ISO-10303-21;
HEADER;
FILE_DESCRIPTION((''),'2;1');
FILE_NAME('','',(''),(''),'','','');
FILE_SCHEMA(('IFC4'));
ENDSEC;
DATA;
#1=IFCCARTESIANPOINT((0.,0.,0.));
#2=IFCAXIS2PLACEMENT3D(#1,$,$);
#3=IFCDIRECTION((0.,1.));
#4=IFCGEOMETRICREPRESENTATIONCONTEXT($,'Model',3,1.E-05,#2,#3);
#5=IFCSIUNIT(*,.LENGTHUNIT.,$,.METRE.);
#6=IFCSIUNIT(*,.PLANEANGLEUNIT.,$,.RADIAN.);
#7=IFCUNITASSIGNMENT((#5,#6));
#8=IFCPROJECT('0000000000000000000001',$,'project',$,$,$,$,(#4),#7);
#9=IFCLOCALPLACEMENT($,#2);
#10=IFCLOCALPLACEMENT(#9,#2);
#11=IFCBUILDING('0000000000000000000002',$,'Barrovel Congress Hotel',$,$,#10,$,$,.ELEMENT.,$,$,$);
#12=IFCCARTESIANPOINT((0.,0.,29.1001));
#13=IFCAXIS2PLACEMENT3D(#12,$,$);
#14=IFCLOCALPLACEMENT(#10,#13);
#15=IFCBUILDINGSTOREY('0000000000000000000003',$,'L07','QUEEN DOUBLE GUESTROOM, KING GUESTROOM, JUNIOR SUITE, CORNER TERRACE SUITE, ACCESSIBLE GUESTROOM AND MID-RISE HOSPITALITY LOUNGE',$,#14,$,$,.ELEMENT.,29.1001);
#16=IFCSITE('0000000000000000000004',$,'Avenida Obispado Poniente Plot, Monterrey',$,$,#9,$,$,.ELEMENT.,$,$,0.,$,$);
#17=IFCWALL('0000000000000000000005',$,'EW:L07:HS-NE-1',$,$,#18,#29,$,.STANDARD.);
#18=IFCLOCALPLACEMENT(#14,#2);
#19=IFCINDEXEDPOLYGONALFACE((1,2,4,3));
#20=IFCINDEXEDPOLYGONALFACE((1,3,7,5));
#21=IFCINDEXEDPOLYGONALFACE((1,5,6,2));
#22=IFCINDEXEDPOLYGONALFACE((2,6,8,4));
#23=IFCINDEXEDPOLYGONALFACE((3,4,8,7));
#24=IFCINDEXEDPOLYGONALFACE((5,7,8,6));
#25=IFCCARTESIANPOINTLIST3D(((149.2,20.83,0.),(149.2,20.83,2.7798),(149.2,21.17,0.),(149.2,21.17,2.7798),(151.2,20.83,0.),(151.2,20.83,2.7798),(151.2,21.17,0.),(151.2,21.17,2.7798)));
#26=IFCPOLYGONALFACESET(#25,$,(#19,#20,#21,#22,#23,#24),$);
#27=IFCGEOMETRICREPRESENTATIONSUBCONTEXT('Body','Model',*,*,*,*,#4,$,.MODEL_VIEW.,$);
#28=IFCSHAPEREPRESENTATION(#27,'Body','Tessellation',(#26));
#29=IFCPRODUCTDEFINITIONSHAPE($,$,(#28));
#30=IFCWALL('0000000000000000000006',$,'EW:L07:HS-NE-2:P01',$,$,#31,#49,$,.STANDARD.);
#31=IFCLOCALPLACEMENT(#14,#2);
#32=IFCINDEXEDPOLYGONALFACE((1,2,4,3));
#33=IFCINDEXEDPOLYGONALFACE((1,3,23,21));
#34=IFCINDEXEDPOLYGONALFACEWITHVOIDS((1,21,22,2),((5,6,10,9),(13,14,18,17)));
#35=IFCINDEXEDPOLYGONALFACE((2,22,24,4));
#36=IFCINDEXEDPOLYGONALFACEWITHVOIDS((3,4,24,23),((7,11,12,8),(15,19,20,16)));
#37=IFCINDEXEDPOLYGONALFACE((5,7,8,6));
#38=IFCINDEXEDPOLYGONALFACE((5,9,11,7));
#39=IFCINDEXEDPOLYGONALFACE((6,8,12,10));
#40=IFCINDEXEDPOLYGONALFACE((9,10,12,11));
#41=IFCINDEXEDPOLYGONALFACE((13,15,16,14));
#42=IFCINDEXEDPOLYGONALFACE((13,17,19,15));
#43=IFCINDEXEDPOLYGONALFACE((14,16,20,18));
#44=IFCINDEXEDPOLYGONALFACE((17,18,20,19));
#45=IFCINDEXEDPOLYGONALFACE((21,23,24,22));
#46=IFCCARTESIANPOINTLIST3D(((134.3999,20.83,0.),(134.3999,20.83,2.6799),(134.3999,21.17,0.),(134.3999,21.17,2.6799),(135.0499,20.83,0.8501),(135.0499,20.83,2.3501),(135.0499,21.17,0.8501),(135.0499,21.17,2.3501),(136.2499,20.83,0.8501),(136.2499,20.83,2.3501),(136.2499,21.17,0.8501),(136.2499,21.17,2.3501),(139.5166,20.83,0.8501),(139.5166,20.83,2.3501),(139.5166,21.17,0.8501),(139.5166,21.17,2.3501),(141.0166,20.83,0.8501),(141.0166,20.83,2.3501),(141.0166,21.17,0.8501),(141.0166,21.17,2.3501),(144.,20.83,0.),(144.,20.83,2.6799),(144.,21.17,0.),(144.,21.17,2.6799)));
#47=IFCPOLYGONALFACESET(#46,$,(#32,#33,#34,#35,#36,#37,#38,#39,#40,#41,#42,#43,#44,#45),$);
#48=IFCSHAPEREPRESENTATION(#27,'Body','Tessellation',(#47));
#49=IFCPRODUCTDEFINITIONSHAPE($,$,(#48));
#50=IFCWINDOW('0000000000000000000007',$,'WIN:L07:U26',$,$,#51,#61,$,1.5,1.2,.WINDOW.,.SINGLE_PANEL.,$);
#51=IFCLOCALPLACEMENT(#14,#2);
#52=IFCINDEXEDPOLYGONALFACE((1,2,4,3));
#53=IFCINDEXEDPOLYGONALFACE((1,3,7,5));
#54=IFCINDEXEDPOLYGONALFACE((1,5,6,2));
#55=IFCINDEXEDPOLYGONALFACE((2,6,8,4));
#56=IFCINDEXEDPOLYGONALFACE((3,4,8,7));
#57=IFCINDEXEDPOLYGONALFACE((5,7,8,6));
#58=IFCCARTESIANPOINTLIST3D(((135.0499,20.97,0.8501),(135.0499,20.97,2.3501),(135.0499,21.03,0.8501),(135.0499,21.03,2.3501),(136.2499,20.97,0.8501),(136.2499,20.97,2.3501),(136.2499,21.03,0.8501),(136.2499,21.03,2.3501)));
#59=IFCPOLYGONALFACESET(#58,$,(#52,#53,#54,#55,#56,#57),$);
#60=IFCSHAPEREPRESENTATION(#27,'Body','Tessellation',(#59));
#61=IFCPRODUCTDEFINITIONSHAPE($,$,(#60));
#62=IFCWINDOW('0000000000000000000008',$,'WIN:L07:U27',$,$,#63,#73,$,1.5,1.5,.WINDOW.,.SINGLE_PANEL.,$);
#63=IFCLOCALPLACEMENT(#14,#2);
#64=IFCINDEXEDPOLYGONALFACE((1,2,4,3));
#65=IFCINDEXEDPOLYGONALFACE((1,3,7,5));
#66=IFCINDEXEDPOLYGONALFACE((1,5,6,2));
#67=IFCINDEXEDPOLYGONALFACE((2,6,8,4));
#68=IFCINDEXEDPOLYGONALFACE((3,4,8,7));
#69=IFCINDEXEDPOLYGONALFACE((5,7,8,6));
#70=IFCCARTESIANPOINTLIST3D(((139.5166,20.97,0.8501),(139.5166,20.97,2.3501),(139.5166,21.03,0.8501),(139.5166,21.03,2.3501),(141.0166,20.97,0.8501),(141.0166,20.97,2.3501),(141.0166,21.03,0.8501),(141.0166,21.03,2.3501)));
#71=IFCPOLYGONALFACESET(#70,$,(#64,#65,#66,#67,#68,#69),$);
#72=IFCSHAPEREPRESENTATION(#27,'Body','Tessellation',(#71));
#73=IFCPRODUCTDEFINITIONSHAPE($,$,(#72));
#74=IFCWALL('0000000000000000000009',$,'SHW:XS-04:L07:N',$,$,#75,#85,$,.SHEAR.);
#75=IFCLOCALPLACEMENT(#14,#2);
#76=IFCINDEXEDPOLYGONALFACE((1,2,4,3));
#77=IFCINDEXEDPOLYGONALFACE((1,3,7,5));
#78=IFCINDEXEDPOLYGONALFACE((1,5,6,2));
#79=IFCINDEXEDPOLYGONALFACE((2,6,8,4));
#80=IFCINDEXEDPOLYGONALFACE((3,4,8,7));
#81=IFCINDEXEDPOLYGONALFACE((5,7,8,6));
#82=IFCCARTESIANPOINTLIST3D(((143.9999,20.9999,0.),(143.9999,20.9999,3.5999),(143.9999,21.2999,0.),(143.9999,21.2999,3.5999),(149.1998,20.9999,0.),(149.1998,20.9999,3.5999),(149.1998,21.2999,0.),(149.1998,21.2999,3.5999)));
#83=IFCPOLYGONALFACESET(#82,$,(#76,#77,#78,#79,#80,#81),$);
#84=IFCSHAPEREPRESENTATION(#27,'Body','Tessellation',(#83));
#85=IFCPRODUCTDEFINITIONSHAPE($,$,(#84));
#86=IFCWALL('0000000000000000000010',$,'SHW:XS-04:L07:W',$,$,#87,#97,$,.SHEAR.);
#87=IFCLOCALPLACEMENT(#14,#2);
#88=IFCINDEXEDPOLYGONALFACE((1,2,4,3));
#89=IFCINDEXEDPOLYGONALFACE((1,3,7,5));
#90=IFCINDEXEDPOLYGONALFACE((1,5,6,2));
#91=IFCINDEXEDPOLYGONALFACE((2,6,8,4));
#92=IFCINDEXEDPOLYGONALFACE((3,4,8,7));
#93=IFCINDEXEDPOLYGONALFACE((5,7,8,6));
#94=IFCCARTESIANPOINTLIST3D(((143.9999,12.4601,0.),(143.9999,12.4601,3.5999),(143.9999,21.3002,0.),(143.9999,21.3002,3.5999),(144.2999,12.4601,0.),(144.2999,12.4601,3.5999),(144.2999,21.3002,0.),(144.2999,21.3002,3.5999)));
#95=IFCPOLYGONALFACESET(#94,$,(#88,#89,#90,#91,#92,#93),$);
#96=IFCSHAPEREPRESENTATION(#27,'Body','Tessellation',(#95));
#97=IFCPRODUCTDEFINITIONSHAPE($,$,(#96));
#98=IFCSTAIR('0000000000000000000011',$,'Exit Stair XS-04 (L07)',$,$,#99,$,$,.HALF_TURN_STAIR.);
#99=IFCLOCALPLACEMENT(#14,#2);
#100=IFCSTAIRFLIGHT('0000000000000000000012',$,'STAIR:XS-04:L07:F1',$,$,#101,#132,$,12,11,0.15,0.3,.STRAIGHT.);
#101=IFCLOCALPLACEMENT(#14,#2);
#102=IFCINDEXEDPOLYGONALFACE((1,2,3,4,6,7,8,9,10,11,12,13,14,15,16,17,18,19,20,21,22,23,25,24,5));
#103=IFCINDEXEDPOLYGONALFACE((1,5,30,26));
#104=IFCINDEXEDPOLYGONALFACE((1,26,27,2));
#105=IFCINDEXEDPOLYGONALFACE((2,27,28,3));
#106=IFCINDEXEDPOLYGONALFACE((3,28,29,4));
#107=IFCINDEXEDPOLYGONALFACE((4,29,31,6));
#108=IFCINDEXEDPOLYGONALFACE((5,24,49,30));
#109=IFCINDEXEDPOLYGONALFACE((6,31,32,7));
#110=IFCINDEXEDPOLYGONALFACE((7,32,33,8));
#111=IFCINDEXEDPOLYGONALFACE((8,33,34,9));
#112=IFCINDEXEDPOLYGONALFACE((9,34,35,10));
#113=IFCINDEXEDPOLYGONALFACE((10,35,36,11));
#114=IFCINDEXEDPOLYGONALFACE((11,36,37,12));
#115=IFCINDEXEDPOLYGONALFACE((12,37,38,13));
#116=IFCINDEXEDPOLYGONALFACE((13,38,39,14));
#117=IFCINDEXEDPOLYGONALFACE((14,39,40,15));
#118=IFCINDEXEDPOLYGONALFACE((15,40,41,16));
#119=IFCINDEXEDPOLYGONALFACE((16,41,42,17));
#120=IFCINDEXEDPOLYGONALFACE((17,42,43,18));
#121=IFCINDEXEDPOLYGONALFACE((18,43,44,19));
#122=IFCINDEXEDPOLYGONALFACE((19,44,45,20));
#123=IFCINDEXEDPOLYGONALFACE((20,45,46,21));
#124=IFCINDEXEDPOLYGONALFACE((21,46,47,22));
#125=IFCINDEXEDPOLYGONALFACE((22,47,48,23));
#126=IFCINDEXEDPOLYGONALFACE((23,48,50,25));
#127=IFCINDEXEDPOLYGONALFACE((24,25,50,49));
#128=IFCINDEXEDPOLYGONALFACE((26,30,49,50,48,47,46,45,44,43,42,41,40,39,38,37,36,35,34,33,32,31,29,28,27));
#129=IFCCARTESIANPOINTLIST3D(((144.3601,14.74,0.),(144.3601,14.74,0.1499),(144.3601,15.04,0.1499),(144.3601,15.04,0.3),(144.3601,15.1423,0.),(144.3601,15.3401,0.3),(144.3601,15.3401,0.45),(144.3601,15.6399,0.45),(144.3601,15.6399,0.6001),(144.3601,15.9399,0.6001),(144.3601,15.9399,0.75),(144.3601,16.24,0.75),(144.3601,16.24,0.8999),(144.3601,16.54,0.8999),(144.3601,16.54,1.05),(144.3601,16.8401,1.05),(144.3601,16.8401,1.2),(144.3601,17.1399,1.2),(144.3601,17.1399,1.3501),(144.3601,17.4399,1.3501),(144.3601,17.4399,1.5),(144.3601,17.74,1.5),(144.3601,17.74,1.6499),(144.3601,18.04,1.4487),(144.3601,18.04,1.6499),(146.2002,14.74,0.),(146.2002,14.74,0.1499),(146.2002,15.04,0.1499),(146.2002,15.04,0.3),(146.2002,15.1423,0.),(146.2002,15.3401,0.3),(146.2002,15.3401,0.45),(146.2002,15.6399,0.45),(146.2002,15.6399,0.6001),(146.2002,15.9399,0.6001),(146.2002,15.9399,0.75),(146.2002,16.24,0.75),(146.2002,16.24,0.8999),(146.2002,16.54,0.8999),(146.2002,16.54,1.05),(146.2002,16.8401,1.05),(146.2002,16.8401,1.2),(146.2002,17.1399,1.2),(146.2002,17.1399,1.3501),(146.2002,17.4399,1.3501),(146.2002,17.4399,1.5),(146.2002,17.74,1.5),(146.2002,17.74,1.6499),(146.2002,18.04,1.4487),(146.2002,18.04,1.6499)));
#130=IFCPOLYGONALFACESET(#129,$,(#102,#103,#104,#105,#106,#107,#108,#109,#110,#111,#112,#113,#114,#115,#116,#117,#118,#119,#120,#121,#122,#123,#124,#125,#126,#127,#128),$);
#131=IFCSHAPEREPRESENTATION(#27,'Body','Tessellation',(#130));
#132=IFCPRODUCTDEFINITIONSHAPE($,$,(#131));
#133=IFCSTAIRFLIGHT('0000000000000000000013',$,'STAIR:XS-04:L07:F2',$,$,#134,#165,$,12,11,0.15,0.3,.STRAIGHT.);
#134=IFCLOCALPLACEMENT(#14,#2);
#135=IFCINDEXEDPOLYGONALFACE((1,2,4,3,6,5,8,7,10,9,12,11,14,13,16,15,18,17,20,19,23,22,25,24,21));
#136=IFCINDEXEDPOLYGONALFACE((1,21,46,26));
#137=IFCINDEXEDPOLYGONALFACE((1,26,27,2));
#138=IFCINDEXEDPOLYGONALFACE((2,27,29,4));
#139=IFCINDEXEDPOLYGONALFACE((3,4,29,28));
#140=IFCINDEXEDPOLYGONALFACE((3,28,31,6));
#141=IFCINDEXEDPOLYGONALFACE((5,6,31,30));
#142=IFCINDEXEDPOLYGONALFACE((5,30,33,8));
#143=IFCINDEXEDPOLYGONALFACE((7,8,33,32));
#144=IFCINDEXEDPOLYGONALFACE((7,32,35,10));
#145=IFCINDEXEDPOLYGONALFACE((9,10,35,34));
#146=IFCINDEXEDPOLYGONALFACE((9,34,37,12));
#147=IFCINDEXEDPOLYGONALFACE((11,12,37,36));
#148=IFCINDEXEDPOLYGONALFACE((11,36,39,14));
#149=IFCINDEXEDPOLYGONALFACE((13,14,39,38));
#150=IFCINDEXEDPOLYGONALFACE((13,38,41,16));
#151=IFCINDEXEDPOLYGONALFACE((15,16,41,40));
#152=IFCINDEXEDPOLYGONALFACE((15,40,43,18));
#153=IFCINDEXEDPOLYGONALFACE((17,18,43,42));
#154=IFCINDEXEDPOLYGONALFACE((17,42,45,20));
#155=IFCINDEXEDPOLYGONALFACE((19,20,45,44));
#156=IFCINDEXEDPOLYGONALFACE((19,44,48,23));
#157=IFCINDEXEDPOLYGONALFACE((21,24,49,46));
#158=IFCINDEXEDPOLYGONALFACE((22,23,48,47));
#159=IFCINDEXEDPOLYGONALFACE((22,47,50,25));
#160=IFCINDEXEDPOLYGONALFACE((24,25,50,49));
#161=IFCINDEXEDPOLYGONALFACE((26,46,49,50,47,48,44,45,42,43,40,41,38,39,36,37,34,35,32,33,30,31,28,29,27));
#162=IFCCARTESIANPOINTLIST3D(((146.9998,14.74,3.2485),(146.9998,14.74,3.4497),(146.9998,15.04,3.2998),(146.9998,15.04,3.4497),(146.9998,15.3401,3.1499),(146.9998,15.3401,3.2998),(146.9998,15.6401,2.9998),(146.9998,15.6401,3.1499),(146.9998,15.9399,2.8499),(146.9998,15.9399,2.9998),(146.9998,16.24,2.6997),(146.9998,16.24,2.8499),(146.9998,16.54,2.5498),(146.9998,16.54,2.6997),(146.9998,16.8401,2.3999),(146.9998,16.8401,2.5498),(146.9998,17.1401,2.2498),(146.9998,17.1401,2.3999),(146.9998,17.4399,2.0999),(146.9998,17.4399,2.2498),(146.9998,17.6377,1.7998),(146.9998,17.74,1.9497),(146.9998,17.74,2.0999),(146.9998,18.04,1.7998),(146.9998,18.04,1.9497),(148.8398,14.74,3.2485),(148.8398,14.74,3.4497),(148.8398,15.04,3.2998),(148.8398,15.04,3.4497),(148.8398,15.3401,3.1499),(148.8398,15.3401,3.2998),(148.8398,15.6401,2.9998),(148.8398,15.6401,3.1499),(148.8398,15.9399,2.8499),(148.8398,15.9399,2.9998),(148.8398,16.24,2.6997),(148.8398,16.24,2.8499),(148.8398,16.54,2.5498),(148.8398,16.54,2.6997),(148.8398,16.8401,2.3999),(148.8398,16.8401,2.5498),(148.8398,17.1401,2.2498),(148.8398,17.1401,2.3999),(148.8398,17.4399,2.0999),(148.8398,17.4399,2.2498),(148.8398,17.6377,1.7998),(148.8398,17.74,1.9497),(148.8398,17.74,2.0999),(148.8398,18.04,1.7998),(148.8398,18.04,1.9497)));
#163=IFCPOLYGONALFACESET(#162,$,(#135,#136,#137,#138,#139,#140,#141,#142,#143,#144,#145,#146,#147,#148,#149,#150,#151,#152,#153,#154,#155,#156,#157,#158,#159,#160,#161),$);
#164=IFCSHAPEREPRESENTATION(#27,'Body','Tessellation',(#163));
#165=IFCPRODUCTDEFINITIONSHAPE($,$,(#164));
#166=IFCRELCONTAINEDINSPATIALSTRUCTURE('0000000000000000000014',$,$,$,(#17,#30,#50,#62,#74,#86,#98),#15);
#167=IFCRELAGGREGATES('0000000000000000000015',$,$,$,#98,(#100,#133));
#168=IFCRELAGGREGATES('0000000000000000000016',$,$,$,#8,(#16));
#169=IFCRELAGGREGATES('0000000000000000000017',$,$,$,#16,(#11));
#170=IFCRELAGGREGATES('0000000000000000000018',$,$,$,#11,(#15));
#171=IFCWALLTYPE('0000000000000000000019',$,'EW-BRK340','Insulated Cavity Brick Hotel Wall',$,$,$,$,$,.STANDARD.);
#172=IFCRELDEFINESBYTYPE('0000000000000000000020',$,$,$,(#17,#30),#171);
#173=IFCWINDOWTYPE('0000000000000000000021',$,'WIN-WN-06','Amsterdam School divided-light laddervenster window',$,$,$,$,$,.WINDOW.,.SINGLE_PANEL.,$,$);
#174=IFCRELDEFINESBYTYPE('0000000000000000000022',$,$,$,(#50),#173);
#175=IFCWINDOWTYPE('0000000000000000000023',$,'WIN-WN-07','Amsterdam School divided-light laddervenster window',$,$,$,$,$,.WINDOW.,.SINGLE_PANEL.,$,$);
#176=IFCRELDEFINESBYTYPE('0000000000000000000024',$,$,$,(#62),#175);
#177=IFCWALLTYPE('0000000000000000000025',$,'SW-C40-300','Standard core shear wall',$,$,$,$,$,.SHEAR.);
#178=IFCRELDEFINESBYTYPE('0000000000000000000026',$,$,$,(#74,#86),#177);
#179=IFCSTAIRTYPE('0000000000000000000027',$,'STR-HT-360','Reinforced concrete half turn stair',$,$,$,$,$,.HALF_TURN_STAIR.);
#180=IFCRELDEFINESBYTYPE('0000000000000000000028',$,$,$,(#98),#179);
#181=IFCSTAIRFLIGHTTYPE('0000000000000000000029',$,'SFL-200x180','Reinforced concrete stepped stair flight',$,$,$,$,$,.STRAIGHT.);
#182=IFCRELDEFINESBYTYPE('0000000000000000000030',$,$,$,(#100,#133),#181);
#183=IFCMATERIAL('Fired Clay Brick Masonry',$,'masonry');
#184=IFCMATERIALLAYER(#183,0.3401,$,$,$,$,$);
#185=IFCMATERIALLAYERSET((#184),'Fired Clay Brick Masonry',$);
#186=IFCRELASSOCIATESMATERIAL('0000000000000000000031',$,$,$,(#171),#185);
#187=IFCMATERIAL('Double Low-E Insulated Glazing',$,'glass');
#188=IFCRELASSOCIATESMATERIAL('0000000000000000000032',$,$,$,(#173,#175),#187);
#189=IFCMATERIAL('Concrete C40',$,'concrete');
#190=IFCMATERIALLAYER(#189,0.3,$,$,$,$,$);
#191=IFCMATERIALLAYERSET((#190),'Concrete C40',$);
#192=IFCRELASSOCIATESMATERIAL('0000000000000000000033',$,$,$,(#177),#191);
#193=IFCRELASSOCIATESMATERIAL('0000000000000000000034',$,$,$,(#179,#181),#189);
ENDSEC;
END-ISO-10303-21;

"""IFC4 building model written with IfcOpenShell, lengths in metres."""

from ifc_helpers import new_model, si_unit, direction, frame, frame_2d, origin, place, context, subcontext, project, spatial, polyline, rectangle, outline, extrude, material, layer, layer_set, type_object, element, fill, aggregate, save


model = new_model("IFC4")

# Units and contexts
model_context = context("Model", 3, precision=1e-05, world=origin(), true_north=direction((0.0, 1.0)))
body_context = subcontext(model_context, "Body", "Model", "MODEL_VIEW")
ifc_project = project(units=[si_unit("LENGTHUNIT", "METRE"), si_unit("PLANEANGLEUNIT", "RADIAN")], contexts=[model_context])

# Site, building, storey
site_placement = place(None, origin())
site = spatial("IfcSite", under=ifc_project, at=site_placement, Name="Avenida Obispado Poniente Plot, Monterrey", CompositionType="ELEMENT", RefElevation=0.0)
building_placement = place(site_placement, origin())
building = spatial("IfcBuilding", under=site, at=building_placement, Name="Barrovel Congress Hotel", CompositionType="ELEMENT")
storey_placement = place(building_placement, frame((0.0, 0.0, 29.1001)))
storey = spatial("IfcBuildingStorey", under=building, at=storey_placement, Name="L07", Description="QUEEN DOUBLE GUESTROOM, KING GUESTROOM, JUNIOR SUITE, CORNER TERRACE SUITE, ACCESSIBLE GUESTROOM AND MID-RISE HOSPITALITY LOUNGE", CompositionType="ELEMENT", Elevation=29.1001)

# Shared definitions
ifc_material_1 = material(Name="Concrete C40", Category="concrete")

# Shared definitions
ifc_material_2 = material(Name="Double Low-E Insulated Glazing", Category="glass")

# Wall
ifc_material_3 = material(Name="Fired Clay Brick Masonry", Category="masonry")
ifc_layer_1 = layer(ifc_material_3, 0.3401)
ifc_layer_set_1 = layer_set([ifc_layer_1], Name="Fired Clay Brick Masonry")
wall_type_1 = type_object("IfcWallType", Name="EW-BRK340", Description="Insulated Cavity Brick Hotel Wall", PredefinedType="STANDARD", material=ifc_layer_set_1)
wall_1_placement = place(storey_placement, frame((151.2, 21.0, 0.0), z_axis=(0.0, 0.0, 1.0), x_axis=(-1.0, 0.0, 0.0)))
element("IfcWall", 1, at=wall_1_placement, inside=storey, type_object=wall_type_1, Name="EW:L07:HS-NE-1", PredefinedType="STANDARD", context=body_context, shape_type="SweptSolid", body=[
    extrude(rectangle(XDim=2.0, YDim=0.3401, at=frame_2d((1.0, 0.0))), origin(), (0.0, 0.0, 1.0), 2.7798),
])

# Wall, openings, windows
wall_2_placement = place(storey_placement, frame((144.0, 21.0, 0.0), z_axis=(0.0, 0.0, 1.0), x_axis=(-1.0, 0.0, 0.0)))
wall_2 = element("IfcWall", 2, at=wall_2_placement, inside=storey, type_object=wall_type_1, Name="EW:L07:HS-NE-2:P01", PredefinedType="STANDARD", context=body_context, shape_type="SweptSolid", body=[
    extrude(rectangle(XDim=9.6001, YDim=0.3401, at=frame_2d((4.8, 0.0))), origin(), (0.0, 0.0, 1.0), 2.6799),
])
opening_1_placement = place(wall_2_placement, frame((7.75, 0.0, 0.8501)))
opening_1 = element("IfcOpeningElement", 3, at=opening_1_placement, cuts=wall_2, PredefinedType="OPENING", context=body_context, shape_type="SweptSolid", body=[
    extrude(rectangle(XDim=1.2, YDim=1.5, at=frame_2d((0.6001, 0.75))), frame((0.0, 0.1802, 0.0), z_axis=(0.0, -1.0, 0.0), x_axis=(1.0, 0.0, 0.0)), (0.0, 0.0, 1.0), 0.3601),
])
opening_2_placement = place(wall_2_placement, frame((2.9834, 0.0, 0.8501)))
opening_2 = element("IfcOpeningElement", 4, at=opening_2_placement, cuts=wall_2, PredefinedType="OPENING", context=body_context, shape_type="SweptSolid", body=[
    extrude(rectangle(XDim=1.5, YDim=1.5, at=frame_2d((0.75, 0.75))), frame((0.0, 0.1802, 0.0), z_axis=(0.0, -1.0, 0.0), x_axis=(1.0, 0.0, 0.0)), (0.0, 0.0, 1.0), 0.3601),
])
window_type_1 = type_object("IfcWindowType", Name="WIN-WN-06", Description="Amsterdam School divided-light laddervenster window", PartitioningType="SINGLE_PANEL", PredefinedType="WINDOW", material=ifc_material_2)
window_1_placement = place(opening_1_placement, origin())
window_1 = element("IfcWindow", 5, at=window_1_placement, inside=storey, type_object=window_type_1, Name="WIN:L07:U26", OverallHeight=1.5, OverallWidth=1.2, PartitioningType="SINGLE_PANEL", PredefinedType="WINDOW", context=body_context, shape_type="SweptSolid", body=[
    extrude(rectangle(XDim=1.2, YDim=1.5, at=frame_2d((0.6001, 0.75))), frame((0.0, 0.03, 0.0), z_axis=(0.0, -1.0, 0.0), x_axis=(1.0, 0.0, 0.0)), (0.0, 0.0, 1.0), 0.0601),
])
fill(opening_1, window_1)
window_type_2 = type_object("IfcWindowType", Name="WIN-WN-07", Description="Amsterdam School divided-light laddervenster window", PartitioningType="SINGLE_PANEL", PredefinedType="WINDOW", material=ifc_material_2)
window_2_placement = place(opening_2_placement, origin())
window_2 = element("IfcWindow", 6, at=window_2_placement, inside=storey, type_object=window_type_2, Name="WIN:L07:U27", OverallHeight=1.5, OverallWidth=1.5, PartitioningType="SINGLE_PANEL", PredefinedType="WINDOW", context=body_context, shape_type="SweptSolid", body=[
    extrude(rectangle(XDim=1.5, YDim=1.5, at=frame_2d((0.75, 0.75))), frame((0.0, 0.03, 0.0), z_axis=(0.0, -1.0, 0.0), x_axis=(1.0, 0.0, 0.0)), (0.0, 0.0, 1.0), 0.0601),
])
fill(opening_2, window_2)

# Walls
ifc_layer_2 = layer(ifc_material_1, 0.3)
ifc_layer_set_2 = layer_set([ifc_layer_2], Name="Concrete C40")
wall_type_2 = type_object("IfcWallType", Name="SW-C40-300", Description="Standard core shear wall", PredefinedType="SHEAR", material=ifc_layer_set_2)
wall_3_placement = place(storey_placement, frame((149.2, 21.1499, 0.0), z_axis=(0.0, 0.0, 1.0), x_axis=(-1.0, 0.0, 0.0)))
element("IfcWall", 7, at=wall_3_placement, inside=storey, type_object=wall_type_2, Name="SHW:XS-04:L07:N", PredefinedType="SHEAR", context=body_context, shape_type="SweptSolid", body=[
    extrude(rectangle(XDim=5.2, YDim=0.3, at=frame_2d((2.6001, 0.0))), origin(), (0.0, 0.0, 1.0), 3.5999),
])
wall_4_placement = place(storey_placement, frame((144.1499, 21.3, 0.0), z_axis=(0.0, 0.0, 1.0), x_axis=(0.0, -1.0, 0.0)))
element("IfcWall", 8, at=wall_4_placement, inside=storey, type_object=wall_type_2, Name="SHW:XS-04:L07:W", PredefinedType="SHEAR", context=body_context, shape_type="SweptSolid", body=[
    extrude(rectangle(XDim=8.8401, YDim=0.3, at=frame_2d((4.4199, 0.0))), origin(), (0.0, 0.0, 1.0), 3.5999),
])

# Stair, stair flights
stair_type = type_object("IfcStairType", Name="STR-HT-360", Description="Reinforced concrete half turn stair", PredefinedType="HALF_TURN_STAIR", material=ifc_material_1)
stair_placement = place(storey_placement, origin())
stair = element("IfcStair", 9, at=stair_placement, inside=storey, type_object=stair_type, Name="Exit Stair XS-04 (L07)", PredefinedType="HALF_TURN_STAIR")
stair_flight_type = type_object("IfcStairFlightType", Name="SFL-200x180", Description="Reinforced concrete stepped stair flight", PredefinedType="STRAIGHT", material=ifc_material_1)
stair_flight_1_placement = place(storey_placement, frame((145.28, 14.74, 0.0), z_axis=(0.0, 0.0, 1.0), x_axis=(0.0, 1.0, 0.0)))
stair_flight_1 = element("IfcStairFlight", 10, at=stair_flight_1_placement, type_object=stair_flight_type, Name="STAIR:XS-04:L07:F1", NumberOfRisers=12, NumberOfTreads=11, PredefinedType="STRAIGHT", RiserHeight=0.15, TreadLength=0.3, context=body_context, shape_type="SweptSolid", body=[
    extrude(outline(polyline([(0.0, 0.0), (0.0, 0.1499), (0.3, 0.1499), (0.3, 0.3), (0.6001, 0.3), (0.6001, 0.45), (0.8999, 0.45), (0.8999, 0.6001), (1.2, 0.6001), (1.2, 0.75), (1.5, 0.75), (1.5, 0.8999), (1.8, 0.8999), (1.8, 1.05), (2.1001, 1.05), (2.1001, 1.2), (2.3999, 1.2), (2.3999, 1.3501), (2.7, 1.3501), (2.7, 1.5), (3.0, 1.5), (3.0, 1.6499), (3.3, 1.6499), (3.3, 1.8), (3.3, 1.4487), (0.4023, 0.0), (0.0, 0.0)])), frame((0.0, 0.9199, 0.0), z_axis=(0.0, -1.0, 0.0), x_axis=(1.0, 0.0, 0.0)), (0.0, 0.0, 1.0), 1.8401),
])
stair_flight_2_placement = place(storey_placement, frame((147.9199, 18.04, 1.7998), z_axis=(0.0, 0.0, 1.0), x_axis=(0.0, -1.0, 0.0)))
stair_flight_2 = element("IfcStairFlight", 11, at=stair_flight_2_placement, type_object=stair_flight_type, Name="STAIR:XS-04:L07:F2", NumberOfRisers=12, NumberOfTreads=11, PredefinedType="STRAIGHT", RiserHeight=0.15, TreadLength=0.3, context=body_context, shape_type="SweptSolid", body=[
    extrude(outline(polyline([(0.0, 0.0), (0.0, 0.1499), (0.3, 0.1499), (0.3, 0.3), (0.6001, 0.3), (0.6001, 0.45), (0.8999, 0.45), (0.8999, 0.6001), (1.2, 0.6001), (1.2, 0.75), (1.5, 0.75), (1.5, 0.8999), (1.8, 0.8999), (1.8, 1.05), (2.1001, 1.05), (2.1001, 1.2), (2.3999, 1.2), (2.3999, 1.3501), (2.7, 1.3501), (2.7, 1.5), (3.0, 1.5), (3.0, 1.6499), (3.3, 1.6499), (3.3, 1.8), (3.3, 1.4487), (0.4023, 0.0), (0.0, 0.0)])), frame((0.0, 0.9199, 0.0), z_axis=(0.0, -1.0, 0.0), x_axis=(1.0, 0.0, 0.0)), (0.0, 0.0, 1.0), 1.8401),
])
aggregate(stair, [stair_flight_1, stair_flight_2])

save(model, "model.ifc")
